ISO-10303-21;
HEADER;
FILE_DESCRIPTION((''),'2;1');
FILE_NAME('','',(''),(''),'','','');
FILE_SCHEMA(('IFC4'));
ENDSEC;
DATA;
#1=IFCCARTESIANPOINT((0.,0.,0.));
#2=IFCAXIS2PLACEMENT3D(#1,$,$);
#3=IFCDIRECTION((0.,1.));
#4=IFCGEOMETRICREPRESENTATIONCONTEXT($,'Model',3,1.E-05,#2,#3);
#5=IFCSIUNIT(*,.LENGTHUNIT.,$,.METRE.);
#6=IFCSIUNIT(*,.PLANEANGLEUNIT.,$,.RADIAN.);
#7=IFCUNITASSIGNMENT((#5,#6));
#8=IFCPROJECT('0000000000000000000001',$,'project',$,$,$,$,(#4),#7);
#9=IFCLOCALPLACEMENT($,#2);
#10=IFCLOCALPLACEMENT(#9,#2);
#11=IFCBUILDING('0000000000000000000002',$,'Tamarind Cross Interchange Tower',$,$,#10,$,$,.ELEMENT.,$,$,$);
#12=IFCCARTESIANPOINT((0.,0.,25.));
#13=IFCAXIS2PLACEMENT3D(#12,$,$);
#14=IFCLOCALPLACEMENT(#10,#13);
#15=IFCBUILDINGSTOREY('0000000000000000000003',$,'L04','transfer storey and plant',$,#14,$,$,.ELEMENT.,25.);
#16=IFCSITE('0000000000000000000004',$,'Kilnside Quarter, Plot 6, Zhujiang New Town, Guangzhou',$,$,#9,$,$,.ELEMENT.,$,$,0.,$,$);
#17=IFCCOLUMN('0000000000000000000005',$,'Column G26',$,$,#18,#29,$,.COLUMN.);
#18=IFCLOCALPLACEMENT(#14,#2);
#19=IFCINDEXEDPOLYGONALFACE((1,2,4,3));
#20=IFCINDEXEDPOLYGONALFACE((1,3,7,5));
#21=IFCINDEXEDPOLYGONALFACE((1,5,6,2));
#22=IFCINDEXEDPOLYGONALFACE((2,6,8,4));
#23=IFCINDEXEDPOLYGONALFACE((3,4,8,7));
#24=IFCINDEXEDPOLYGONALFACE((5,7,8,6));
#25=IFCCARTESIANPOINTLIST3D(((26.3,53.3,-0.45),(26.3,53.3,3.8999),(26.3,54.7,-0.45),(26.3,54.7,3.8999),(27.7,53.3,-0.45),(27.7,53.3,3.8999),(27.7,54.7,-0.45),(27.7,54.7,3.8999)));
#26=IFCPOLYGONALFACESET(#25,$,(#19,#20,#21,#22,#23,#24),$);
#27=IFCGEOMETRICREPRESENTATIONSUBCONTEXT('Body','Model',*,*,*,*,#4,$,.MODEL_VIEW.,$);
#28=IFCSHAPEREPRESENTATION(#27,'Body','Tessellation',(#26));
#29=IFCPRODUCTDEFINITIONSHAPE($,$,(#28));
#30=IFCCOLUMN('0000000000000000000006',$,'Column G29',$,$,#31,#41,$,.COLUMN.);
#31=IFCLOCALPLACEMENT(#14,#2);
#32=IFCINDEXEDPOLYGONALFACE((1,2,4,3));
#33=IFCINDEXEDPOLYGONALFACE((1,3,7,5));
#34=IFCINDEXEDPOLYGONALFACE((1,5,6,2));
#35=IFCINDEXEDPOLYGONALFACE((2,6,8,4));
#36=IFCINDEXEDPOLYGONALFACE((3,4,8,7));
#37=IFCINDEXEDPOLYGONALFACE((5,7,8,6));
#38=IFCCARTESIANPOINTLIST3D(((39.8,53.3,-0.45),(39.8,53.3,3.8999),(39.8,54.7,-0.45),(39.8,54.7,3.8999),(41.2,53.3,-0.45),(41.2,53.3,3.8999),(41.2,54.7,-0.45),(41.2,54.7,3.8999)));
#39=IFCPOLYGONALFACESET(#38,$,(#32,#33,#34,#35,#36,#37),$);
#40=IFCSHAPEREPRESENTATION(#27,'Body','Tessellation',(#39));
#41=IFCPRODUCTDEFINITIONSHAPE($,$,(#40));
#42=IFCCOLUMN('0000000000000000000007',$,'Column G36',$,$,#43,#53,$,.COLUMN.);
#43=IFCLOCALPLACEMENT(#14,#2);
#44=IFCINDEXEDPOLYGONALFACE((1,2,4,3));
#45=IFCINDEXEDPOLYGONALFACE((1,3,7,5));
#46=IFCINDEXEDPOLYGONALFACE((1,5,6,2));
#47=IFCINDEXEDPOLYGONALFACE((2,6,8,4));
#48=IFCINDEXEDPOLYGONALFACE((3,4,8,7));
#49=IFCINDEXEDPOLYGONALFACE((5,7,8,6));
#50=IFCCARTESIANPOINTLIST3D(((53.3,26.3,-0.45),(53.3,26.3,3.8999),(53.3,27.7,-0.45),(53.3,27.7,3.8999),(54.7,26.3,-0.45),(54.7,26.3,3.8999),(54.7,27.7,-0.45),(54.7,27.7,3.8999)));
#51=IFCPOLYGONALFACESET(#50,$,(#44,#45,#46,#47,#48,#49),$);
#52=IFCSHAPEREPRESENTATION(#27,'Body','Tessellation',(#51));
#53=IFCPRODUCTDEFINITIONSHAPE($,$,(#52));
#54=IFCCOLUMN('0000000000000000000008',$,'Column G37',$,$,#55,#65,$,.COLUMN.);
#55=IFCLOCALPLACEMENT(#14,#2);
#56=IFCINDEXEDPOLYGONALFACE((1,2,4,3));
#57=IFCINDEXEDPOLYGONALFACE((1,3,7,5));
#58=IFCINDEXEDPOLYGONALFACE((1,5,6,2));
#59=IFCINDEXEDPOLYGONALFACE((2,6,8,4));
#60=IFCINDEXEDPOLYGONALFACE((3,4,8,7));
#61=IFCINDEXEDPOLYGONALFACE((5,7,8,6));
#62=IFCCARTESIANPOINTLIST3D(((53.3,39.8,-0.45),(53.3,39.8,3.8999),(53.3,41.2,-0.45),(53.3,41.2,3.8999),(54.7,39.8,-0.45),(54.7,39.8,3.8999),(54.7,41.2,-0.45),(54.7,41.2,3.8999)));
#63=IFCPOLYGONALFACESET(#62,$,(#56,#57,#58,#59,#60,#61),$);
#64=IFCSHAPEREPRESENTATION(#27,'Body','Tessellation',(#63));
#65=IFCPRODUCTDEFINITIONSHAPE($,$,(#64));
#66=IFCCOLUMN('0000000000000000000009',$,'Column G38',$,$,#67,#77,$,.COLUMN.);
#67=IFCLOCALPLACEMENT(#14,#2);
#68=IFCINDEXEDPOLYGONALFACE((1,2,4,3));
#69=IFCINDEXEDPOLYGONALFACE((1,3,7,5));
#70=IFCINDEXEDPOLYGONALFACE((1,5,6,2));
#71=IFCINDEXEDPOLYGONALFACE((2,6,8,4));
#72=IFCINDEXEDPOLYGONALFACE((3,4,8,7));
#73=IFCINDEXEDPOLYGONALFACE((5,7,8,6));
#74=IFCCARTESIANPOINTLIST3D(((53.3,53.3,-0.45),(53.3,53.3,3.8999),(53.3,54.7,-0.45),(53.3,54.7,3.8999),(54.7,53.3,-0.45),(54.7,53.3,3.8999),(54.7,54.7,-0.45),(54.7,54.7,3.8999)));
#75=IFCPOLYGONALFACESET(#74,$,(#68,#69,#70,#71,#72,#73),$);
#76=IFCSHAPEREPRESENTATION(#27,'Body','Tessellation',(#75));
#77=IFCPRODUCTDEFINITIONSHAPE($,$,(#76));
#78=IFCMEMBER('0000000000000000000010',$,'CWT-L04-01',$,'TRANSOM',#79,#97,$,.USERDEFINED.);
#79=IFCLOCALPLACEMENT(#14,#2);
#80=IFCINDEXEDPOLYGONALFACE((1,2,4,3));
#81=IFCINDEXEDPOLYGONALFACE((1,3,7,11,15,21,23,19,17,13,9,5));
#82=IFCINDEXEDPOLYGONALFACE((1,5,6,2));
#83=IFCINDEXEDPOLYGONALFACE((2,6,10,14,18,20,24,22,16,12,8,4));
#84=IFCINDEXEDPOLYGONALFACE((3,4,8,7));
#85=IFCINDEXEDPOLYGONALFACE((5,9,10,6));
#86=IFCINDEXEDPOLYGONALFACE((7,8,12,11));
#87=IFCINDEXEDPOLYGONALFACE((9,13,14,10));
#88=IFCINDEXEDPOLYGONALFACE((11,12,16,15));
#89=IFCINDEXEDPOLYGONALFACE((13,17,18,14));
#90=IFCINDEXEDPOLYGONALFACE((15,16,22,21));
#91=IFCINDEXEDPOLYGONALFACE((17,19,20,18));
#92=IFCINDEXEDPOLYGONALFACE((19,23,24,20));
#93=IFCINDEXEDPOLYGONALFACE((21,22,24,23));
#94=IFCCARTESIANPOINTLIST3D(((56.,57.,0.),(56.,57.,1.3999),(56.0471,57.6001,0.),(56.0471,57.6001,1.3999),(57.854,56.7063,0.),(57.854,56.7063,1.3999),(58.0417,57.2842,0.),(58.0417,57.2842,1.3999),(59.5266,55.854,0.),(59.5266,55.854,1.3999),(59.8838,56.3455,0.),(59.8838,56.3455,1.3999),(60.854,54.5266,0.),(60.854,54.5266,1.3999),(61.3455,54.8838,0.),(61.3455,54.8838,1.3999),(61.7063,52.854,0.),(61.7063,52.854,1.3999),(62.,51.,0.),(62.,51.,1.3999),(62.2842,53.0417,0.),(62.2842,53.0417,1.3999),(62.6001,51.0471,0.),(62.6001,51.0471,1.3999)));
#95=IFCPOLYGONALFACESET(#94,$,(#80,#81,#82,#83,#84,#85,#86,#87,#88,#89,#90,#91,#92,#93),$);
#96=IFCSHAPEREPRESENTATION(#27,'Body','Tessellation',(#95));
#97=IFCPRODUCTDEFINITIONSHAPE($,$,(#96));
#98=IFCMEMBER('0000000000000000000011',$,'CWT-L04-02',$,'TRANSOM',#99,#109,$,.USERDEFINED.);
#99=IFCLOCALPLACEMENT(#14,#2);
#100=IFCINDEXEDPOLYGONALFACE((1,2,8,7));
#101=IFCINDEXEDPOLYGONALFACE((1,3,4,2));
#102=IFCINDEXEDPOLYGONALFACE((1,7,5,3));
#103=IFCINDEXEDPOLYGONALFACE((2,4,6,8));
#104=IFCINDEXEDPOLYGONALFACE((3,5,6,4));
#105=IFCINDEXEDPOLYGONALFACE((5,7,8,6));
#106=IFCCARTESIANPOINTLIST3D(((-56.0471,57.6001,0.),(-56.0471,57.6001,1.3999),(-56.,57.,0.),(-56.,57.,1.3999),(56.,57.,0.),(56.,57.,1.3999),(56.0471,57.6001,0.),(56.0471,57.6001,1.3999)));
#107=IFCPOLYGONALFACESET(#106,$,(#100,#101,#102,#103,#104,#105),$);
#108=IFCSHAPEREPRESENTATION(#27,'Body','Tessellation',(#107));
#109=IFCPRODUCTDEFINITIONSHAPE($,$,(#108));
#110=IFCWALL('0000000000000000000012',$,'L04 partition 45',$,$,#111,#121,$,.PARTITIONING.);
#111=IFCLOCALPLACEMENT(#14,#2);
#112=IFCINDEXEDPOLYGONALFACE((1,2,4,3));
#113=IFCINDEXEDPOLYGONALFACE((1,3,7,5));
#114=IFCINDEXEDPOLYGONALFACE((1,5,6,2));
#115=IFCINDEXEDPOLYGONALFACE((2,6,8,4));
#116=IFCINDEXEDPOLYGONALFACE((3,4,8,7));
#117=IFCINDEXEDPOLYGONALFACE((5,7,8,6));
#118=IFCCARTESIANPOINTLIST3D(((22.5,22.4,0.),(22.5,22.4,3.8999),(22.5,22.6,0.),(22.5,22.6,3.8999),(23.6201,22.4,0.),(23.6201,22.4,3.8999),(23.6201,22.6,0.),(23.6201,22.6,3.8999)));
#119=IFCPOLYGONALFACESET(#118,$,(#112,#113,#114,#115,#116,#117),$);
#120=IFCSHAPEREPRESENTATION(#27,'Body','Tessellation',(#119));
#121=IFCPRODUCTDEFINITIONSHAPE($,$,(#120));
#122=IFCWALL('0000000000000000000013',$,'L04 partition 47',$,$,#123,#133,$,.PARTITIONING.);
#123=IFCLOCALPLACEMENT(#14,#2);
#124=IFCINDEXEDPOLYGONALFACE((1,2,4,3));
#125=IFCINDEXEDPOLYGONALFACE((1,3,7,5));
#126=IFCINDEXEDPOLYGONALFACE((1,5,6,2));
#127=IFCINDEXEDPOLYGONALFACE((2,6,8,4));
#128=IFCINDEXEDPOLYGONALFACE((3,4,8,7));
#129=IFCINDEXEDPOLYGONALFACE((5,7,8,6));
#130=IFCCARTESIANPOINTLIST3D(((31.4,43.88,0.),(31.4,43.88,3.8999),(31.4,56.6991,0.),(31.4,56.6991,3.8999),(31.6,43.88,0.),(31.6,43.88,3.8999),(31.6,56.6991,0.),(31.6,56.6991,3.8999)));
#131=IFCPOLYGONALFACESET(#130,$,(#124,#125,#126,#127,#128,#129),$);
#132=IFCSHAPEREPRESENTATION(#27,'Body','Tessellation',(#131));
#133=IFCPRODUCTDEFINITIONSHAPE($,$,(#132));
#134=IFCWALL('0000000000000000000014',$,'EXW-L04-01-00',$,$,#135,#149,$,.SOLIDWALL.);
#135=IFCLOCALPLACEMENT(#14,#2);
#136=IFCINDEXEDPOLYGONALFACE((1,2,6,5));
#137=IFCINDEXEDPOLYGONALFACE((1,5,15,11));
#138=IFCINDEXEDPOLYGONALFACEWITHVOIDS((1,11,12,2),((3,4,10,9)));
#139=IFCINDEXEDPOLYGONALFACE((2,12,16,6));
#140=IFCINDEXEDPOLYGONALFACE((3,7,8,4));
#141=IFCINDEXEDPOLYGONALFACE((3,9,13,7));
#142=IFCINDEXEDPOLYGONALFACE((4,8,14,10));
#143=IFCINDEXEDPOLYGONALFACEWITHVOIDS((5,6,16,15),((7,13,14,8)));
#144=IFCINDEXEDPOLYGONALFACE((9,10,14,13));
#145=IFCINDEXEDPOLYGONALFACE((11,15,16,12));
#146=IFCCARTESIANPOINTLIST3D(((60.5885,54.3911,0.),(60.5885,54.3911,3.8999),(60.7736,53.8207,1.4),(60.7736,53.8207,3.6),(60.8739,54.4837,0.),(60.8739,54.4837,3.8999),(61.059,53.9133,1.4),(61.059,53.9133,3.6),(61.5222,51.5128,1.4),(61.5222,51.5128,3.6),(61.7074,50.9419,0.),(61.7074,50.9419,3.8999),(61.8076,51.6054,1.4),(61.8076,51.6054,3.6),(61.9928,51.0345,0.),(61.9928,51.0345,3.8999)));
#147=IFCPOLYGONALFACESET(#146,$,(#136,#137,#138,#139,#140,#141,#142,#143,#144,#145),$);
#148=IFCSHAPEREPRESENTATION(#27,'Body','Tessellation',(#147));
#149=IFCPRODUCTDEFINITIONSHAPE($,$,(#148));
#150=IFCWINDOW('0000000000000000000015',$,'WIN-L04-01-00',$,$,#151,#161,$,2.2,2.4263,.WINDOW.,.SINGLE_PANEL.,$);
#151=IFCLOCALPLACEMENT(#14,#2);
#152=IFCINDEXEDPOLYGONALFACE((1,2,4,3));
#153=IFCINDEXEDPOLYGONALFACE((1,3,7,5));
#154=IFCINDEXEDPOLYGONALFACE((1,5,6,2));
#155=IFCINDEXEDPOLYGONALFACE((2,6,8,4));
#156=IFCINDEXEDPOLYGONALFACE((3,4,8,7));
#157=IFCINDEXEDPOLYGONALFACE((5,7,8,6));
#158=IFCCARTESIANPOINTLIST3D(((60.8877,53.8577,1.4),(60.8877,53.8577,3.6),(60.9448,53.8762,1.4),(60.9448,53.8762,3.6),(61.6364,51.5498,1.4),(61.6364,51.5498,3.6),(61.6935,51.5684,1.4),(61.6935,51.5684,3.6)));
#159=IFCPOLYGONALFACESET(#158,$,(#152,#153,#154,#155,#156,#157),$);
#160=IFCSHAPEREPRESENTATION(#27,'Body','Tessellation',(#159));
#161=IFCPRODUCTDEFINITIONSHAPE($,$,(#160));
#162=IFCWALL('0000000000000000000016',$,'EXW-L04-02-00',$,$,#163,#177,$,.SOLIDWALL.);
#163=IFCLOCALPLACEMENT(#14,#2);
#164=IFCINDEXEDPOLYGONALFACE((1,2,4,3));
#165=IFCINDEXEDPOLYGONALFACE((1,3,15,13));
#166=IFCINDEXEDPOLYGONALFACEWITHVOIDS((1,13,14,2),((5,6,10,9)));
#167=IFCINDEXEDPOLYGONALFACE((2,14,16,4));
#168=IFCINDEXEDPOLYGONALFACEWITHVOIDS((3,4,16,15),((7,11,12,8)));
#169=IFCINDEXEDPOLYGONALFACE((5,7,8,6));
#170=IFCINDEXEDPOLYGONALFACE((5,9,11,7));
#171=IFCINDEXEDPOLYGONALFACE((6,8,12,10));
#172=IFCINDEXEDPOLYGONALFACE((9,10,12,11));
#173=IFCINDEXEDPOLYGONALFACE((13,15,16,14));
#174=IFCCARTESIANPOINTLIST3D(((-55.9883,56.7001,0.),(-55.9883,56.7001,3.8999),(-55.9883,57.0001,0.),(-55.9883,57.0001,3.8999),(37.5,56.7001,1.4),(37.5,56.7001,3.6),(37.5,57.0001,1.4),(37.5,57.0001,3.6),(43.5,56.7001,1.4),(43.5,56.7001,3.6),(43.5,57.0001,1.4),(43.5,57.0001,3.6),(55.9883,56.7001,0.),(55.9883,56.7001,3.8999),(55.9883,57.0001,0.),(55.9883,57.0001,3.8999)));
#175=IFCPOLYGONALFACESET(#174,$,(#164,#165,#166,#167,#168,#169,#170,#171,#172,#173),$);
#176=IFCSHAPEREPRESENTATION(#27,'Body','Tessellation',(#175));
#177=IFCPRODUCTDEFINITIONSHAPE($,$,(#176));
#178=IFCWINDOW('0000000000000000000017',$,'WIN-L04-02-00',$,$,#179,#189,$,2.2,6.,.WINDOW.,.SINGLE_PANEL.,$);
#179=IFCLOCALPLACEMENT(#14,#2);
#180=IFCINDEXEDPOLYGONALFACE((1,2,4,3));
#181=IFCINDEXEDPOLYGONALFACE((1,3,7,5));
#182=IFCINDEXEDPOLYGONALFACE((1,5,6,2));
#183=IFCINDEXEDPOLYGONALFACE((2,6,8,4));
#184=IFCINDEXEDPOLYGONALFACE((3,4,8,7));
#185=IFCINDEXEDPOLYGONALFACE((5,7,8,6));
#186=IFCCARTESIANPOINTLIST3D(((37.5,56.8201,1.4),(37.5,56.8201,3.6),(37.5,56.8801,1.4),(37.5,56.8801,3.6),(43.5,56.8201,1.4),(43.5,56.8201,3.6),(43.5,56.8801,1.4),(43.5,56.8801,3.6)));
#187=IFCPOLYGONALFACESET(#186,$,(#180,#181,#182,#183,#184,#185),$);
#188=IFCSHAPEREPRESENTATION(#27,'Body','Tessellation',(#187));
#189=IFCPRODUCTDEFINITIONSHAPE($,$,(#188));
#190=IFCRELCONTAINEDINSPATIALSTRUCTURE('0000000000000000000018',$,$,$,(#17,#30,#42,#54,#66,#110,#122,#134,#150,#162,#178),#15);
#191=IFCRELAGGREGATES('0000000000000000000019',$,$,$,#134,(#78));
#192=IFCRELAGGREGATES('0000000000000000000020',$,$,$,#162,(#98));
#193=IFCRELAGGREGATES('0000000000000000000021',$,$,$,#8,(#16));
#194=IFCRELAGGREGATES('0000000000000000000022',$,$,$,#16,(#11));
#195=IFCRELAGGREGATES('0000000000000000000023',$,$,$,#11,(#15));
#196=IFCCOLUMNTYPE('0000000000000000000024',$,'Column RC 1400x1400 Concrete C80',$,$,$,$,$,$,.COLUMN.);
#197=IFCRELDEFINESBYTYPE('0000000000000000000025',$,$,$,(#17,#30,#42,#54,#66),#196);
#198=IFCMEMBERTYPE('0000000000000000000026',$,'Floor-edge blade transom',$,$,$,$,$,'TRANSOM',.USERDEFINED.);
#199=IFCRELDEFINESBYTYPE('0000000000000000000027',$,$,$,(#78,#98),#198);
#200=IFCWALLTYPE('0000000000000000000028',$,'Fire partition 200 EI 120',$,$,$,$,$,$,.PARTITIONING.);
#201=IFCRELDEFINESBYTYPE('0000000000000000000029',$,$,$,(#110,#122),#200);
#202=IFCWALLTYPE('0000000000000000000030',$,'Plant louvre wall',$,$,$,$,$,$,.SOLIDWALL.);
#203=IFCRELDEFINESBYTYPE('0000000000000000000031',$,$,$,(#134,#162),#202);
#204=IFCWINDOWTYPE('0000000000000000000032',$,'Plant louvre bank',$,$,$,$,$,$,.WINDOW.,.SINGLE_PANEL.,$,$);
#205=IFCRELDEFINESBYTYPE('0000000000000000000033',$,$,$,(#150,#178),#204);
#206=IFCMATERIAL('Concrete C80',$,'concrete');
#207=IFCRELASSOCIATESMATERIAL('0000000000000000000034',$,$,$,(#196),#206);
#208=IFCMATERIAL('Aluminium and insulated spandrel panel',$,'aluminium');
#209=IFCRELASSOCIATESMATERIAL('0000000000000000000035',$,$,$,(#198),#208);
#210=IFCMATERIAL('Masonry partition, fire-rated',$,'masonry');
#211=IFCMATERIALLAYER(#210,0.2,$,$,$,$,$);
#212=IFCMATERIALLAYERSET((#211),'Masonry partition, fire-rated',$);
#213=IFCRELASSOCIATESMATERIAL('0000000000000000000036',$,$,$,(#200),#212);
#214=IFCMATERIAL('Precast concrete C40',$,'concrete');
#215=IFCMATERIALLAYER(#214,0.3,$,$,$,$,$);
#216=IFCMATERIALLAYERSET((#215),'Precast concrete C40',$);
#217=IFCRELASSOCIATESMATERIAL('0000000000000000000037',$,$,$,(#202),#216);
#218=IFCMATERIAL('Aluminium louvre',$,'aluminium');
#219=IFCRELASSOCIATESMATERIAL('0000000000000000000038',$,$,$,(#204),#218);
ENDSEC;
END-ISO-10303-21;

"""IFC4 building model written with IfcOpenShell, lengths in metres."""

from ifc_helpers import new_model, si_unit, direction, frame, frame_2d, origin, origin_2d, place, context, subcontext, project, spatial, polyline, rectangle, outline, extrude, material, layer, layer_set, material_profile, profile_set, type_object, element, fill, aggregate, save


model = new_model("IFC4")

# Units and contexts
model_context = context("Model", 3, precision=1e-05, world=origin(), true_north=direction((0.0, 1.0)))
body_context = subcontext(model_context, "Body", "Model", "MODEL_VIEW")
ifc_project = project(units=[si_unit("LENGTHUNIT", "METRE"), si_unit("PLANEANGLEUNIT", "RADIAN")], contexts=[model_context])

# Site, building, storey
site_placement = place(None, origin())
site = spatial("IfcSite", under=ifc_project, at=site_placement, Name="Kilnside Quarter, Plot 6, Zhujiang New Town, Guangzhou", CompositionType="ELEMENT", RefElevation=0.0)
building_placement = place(site_placement, origin())
building = spatial("IfcBuilding", under=site, at=building_placement, Name="Tamarind Cross Interchange Tower", CompositionType="ELEMENT")
storey_placement = place(building_placement, frame((0.0, 0.0, 25.0)))
storey = spatial("IfcBuildingStorey", under=building, at=storey_placement, Name="L04", Description="transfer storey and plant", CompositionType="ELEMENT", Elevation=25.0)

# Columns
ifc_material_1 = material(Name="Concrete C80", Category="concrete")
ifc_material_profile = material_profile(ifc_material_1, rectangle(XDim=1.3999, YDim=1.3999, at=origin_2d()), Name="RC 1400x1400")
ifc_profile_set = profile_set([ifc_material_profile], Name="Concrete C80")
column_type = type_object("IfcColumnType", Name="Column RC 1400x1400 Concrete C80", PredefinedType="COLUMN", material=ifc_profile_set)
for number, where, z_axis, x_axis, name in (
    (1, (27.0, 54.0, -0.45), (0.0, 0.0, 1.0), (1.0, 0.0, 0.0), "Column G26"),
    (2, (40.5, 54.0, -0.45), (0.0, 0.0, 1.0), (1.0, 0.0, 0.0), "Column G29"),
    (3, (54.0, 27.0, -0.45), (0.0, 0.0, 1.0), (1.0, 0.0, 0.0), "Column G36"),
    (4, (54.0, 40.5, -0.45), (0.0, 0.0, 1.0), (1.0, 0.0, 0.0), "Column G37"),
    (5, (54.0, 54.0, -0.45), (0.0, 0.0, 1.0), (1.0, 0.0, 0.0), "Column G38"),
):
    element("IfcColumn", number, at=place(storey_placement, frame(where, z_axis=z_axis, x_axis=x_axis)), inside=storey, type_object=column_type, Name=name, PredefinedType="COLUMN", context=body_context, shape_type="SweptSolid", body=[
        extrude(rectangle(XDim=1.3999, YDim=1.3999, at=origin_2d()), origin(), (0.0, 0.0, 1.0), 4.3499),
    ])

# Members
ifc_material_2 = material(Name="Aluminium and insulated spandrel panel", Category="aluminium")
member_type = type_object("IfcMemberType", Name="Floor-edge blade transom", ElementType="TRANSOM", PredefinedType="USERDEFINED", material=ifc_material_2)
member_1_placement = place(storey_placement, origin())
member_1 = element("IfcMember", 6, at=member_1_placement, type_object=member_type, Name="CWT-L04-01", ObjectType="TRANSOM", PredefinedType="USERDEFINED", context=body_context, shape_type="SweptSolid", body=[
    extrude(outline(polyline([(62.0, 51.0), (61.7063, 52.854), (60.854, 54.5266), (59.5266, 55.854), (57.854, 56.7063), (56.0, 57.0), (56.0471, 57.6001), (58.0417, 57.2842), (59.8838, 56.3455), (61.3455, 54.8838), (62.2842, 53.0417), (62.6001, 51.0471), (62.0, 51.0)])), origin(), (0.0, 0.0, 1.0), 1.3999),
])
member_2_placement = place(storey_placement, origin())
member_2 = element("IfcMember", 7, at=member_2_placement, type_object=member_type, Name="CWT-L04-02", ObjectType="TRANSOM", PredefinedType="USERDEFINED", context=body_context, shape_type="SweptSolid", body=[
    extrude(outline(polyline([(56.0, 57.0), (-56.0, 57.0), (-56.0471, 57.6001), (56.0471, 57.6001), (56.0, 57.0)])), origin(), (0.0, 0.0, 1.0), 1.3999),
])

# Walls
ifc_material_3 = material(Name="Masonry partition, fire-rated", Category="masonry")
ifc_layer_1 = layer(ifc_material_3, 0.2)
ifc_layer_set_1 = layer_set([ifc_layer_1], Name="Masonry partition, fire-rated")
wall_type_1 = type_object("IfcWallType", Name="Fire partition 200 EI 120", PredefinedType="PARTITIONING", material=ifc_layer_set_1)
wall_1_placement = place(storey_placement, frame((22.5, 22.5, 0.0), z_axis=(0.0, 0.0, 1.0), x_axis=(1.0, 0.0, 0.0)))
element("IfcWall", 8, at=wall_1_placement, inside=storey, type_object=wall_type_1, Name="L04 partition 45", PredefinedType="PARTITIONING", context=body_context, shape_type="SweptSolid", body=[
    extrude(rectangle(XDim=1.1201, YDim=0.2, at=frame_2d((0.5601, 0.0))), origin(), (0.0, 0.0, 1.0), 3.8999),
])
wall_2_placement = place(storey_placement, frame((31.5, 43.8799, 0.0), z_axis=(0.0, 0.0, 1.0), x_axis=(0.0, 1.0, 0.0)))
element("IfcWall", 9, at=wall_2_placement, inside=storey, type_object=wall_type_1, Name="L04 partition 47", PredefinedType="PARTITIONING", context=body_context, shape_type="SweptSolid", body=[
    extrude(rectangle(XDim=12.8191, YDim=0.2, at=frame_2d((6.4097, 0.0))), origin(), (0.0, 0.0, 1.0), 3.8999),
])

# Wall, opening, window
ifc_material_4 = material(Name="Precast concrete C40", Category="concrete")
ifc_layer_2 = layer(ifc_material_4, 0.3)
ifc_layer_set_2 = layer_set([ifc_layer_2], Name="Precast concrete C40")
wall_type_2 = type_object("IfcWallType", Name="Plant louvre wall", PredefinedType="SOLIDWALL", material=ifc_layer_set_2)
wall_3_placement = place(storey_placement, frame((61.8501, 50.9883, 0.0), z_axis=(0.0, 0.0, 1.0), x_axis=(-0.308562, 0.951204, 0.0)))
wall_3 = element("IfcWall", 10, at=wall_3_placement, inside=storey, type_object=wall_type_2, Name="EXW-L04-01-00", PredefinedType="SOLIDWALL", context=body_context, shape_type="SweptSolid", body=[
    extrude(rectangle(XDim=3.6262, YDim=0.3, at=frame_2d((1.813, 0.0))), origin(), (0.0, 0.0, 1.0), 3.8999),
])
opening_1_placement = place(wall_3_placement, frame((0.6001, 0.0, 1.3999)))
opening_1 = element("IfcOpeningElement", 11, at=opening_1_placement, cuts=wall_3, PredefinedType="OPENING", context=body_context, shape_type="SweptSolid", body=[
    extrude(rectangle(XDim=2.4263, YDim=2.2, at=frame_2d((1.2131, 1.1001))), frame((0.0, 0.1599, 0.0), z_axis=(0.0, -1.0, 0.0), x_axis=(1.0, 0.0, 0.0)), (0.0, 0.0, 1.0), 0.3201),
])
ifc_material_5 = material(Name="Aluminium louvre", Category="aluminium")
window_type_1 = type_object("IfcWindowType", Name="Plant louvre bank", PartitioningType="SINGLE_PANEL", PredefinedType="WINDOW", material=ifc_material_5)
window_1_placement = place(opening_1_placement, origin())
window_1 = element("IfcWindow", 12, at=window_1_placement, inside=storey, type_object=window_type_1, Name="WIN-L04-01-00", OverallHeight=2.2, OverallWidth=2.4263, PartitioningType="SINGLE_PANEL", PredefinedType="WINDOW", context=body_context, shape_type="SweptSolid", body=[
    extrude(rectangle(XDim=2.4263, YDim=2.2, at=frame_2d((1.2131, 1.1001))), frame((0.0, 0.03, 0.0), z_axis=(0.0, -1.0, 0.0), x_axis=(1.0, 0.0, 0.0)), (0.0, 0.0, 1.0), 0.0601),
])
fill(opening_1, window_1)
aggregate(wall_3, [member_1])

# Wall, opening, window
wall_4_placement = place(storey_placement, frame((55.9883, 56.8501, 0.0), z_axis=(0.0, 0.0, 1.0), x_axis=(-1.0, 0.0, 0.0)))
wall_4 = element("IfcWall", 13, at=wall_4_placement, inside=storey, type_object=wall_type_2, Name="EXW-L04-02-00", PredefinedType="SOLIDWALL", context=body_context, shape_type="SweptSolid", body=[
    extrude(rectangle(XDim=111.9766, YDim=0.3, at=frame_2d((55.9883, 0.0))), origin(), (0.0, 0.0, 1.0), 3.8999),
])
opening_2_placement = place(wall_4_placement, frame((12.4883, 0.0, 1.3999)))
opening_2 = element("IfcOpeningElement", 14, at=opening_2_placement, cuts=wall_4, PredefinedType="OPENING", context=body_context, shape_type="SweptSolid", body=[
    extrude(rectangle(XDim=6.0, YDim=2.2, at=frame_2d((3.0, 1.1001))), frame((0.0, 0.1599, 0.0), z_axis=(0.0, -1.0, 0.0), x_axis=(1.0, 0.0, 0.0)), (0.0, 0.0, 1.0), 0.3201),
])
window_2_placement = place(opening_2_placement, origin())
window_2 = element("IfcWindow", 15, at=window_2_placement, inside=storey, type_object=window_type_1, Name="WIN-L04-02-00", OverallHeight=2.2, OverallWidth=6.0, PartitioningType="SINGLE_PANEL", PredefinedType="WINDOW", context=body_context, shape_type="SweptSolid", body=[
    extrude(rectangle(XDim=6.0, YDim=2.2, at=frame_2d((3.0, 1.1001))), frame((0.0, 0.03, 0.0), z_axis=(0.0, -1.0, 0.0), x_axis=(1.0, 0.0, 0.0)), (0.0, 0.0, 1.0), 0.0601),
])
fill(opening_2, window_2)
aggregate(wall_4, [member_2])

save(model, "model.ifc")
